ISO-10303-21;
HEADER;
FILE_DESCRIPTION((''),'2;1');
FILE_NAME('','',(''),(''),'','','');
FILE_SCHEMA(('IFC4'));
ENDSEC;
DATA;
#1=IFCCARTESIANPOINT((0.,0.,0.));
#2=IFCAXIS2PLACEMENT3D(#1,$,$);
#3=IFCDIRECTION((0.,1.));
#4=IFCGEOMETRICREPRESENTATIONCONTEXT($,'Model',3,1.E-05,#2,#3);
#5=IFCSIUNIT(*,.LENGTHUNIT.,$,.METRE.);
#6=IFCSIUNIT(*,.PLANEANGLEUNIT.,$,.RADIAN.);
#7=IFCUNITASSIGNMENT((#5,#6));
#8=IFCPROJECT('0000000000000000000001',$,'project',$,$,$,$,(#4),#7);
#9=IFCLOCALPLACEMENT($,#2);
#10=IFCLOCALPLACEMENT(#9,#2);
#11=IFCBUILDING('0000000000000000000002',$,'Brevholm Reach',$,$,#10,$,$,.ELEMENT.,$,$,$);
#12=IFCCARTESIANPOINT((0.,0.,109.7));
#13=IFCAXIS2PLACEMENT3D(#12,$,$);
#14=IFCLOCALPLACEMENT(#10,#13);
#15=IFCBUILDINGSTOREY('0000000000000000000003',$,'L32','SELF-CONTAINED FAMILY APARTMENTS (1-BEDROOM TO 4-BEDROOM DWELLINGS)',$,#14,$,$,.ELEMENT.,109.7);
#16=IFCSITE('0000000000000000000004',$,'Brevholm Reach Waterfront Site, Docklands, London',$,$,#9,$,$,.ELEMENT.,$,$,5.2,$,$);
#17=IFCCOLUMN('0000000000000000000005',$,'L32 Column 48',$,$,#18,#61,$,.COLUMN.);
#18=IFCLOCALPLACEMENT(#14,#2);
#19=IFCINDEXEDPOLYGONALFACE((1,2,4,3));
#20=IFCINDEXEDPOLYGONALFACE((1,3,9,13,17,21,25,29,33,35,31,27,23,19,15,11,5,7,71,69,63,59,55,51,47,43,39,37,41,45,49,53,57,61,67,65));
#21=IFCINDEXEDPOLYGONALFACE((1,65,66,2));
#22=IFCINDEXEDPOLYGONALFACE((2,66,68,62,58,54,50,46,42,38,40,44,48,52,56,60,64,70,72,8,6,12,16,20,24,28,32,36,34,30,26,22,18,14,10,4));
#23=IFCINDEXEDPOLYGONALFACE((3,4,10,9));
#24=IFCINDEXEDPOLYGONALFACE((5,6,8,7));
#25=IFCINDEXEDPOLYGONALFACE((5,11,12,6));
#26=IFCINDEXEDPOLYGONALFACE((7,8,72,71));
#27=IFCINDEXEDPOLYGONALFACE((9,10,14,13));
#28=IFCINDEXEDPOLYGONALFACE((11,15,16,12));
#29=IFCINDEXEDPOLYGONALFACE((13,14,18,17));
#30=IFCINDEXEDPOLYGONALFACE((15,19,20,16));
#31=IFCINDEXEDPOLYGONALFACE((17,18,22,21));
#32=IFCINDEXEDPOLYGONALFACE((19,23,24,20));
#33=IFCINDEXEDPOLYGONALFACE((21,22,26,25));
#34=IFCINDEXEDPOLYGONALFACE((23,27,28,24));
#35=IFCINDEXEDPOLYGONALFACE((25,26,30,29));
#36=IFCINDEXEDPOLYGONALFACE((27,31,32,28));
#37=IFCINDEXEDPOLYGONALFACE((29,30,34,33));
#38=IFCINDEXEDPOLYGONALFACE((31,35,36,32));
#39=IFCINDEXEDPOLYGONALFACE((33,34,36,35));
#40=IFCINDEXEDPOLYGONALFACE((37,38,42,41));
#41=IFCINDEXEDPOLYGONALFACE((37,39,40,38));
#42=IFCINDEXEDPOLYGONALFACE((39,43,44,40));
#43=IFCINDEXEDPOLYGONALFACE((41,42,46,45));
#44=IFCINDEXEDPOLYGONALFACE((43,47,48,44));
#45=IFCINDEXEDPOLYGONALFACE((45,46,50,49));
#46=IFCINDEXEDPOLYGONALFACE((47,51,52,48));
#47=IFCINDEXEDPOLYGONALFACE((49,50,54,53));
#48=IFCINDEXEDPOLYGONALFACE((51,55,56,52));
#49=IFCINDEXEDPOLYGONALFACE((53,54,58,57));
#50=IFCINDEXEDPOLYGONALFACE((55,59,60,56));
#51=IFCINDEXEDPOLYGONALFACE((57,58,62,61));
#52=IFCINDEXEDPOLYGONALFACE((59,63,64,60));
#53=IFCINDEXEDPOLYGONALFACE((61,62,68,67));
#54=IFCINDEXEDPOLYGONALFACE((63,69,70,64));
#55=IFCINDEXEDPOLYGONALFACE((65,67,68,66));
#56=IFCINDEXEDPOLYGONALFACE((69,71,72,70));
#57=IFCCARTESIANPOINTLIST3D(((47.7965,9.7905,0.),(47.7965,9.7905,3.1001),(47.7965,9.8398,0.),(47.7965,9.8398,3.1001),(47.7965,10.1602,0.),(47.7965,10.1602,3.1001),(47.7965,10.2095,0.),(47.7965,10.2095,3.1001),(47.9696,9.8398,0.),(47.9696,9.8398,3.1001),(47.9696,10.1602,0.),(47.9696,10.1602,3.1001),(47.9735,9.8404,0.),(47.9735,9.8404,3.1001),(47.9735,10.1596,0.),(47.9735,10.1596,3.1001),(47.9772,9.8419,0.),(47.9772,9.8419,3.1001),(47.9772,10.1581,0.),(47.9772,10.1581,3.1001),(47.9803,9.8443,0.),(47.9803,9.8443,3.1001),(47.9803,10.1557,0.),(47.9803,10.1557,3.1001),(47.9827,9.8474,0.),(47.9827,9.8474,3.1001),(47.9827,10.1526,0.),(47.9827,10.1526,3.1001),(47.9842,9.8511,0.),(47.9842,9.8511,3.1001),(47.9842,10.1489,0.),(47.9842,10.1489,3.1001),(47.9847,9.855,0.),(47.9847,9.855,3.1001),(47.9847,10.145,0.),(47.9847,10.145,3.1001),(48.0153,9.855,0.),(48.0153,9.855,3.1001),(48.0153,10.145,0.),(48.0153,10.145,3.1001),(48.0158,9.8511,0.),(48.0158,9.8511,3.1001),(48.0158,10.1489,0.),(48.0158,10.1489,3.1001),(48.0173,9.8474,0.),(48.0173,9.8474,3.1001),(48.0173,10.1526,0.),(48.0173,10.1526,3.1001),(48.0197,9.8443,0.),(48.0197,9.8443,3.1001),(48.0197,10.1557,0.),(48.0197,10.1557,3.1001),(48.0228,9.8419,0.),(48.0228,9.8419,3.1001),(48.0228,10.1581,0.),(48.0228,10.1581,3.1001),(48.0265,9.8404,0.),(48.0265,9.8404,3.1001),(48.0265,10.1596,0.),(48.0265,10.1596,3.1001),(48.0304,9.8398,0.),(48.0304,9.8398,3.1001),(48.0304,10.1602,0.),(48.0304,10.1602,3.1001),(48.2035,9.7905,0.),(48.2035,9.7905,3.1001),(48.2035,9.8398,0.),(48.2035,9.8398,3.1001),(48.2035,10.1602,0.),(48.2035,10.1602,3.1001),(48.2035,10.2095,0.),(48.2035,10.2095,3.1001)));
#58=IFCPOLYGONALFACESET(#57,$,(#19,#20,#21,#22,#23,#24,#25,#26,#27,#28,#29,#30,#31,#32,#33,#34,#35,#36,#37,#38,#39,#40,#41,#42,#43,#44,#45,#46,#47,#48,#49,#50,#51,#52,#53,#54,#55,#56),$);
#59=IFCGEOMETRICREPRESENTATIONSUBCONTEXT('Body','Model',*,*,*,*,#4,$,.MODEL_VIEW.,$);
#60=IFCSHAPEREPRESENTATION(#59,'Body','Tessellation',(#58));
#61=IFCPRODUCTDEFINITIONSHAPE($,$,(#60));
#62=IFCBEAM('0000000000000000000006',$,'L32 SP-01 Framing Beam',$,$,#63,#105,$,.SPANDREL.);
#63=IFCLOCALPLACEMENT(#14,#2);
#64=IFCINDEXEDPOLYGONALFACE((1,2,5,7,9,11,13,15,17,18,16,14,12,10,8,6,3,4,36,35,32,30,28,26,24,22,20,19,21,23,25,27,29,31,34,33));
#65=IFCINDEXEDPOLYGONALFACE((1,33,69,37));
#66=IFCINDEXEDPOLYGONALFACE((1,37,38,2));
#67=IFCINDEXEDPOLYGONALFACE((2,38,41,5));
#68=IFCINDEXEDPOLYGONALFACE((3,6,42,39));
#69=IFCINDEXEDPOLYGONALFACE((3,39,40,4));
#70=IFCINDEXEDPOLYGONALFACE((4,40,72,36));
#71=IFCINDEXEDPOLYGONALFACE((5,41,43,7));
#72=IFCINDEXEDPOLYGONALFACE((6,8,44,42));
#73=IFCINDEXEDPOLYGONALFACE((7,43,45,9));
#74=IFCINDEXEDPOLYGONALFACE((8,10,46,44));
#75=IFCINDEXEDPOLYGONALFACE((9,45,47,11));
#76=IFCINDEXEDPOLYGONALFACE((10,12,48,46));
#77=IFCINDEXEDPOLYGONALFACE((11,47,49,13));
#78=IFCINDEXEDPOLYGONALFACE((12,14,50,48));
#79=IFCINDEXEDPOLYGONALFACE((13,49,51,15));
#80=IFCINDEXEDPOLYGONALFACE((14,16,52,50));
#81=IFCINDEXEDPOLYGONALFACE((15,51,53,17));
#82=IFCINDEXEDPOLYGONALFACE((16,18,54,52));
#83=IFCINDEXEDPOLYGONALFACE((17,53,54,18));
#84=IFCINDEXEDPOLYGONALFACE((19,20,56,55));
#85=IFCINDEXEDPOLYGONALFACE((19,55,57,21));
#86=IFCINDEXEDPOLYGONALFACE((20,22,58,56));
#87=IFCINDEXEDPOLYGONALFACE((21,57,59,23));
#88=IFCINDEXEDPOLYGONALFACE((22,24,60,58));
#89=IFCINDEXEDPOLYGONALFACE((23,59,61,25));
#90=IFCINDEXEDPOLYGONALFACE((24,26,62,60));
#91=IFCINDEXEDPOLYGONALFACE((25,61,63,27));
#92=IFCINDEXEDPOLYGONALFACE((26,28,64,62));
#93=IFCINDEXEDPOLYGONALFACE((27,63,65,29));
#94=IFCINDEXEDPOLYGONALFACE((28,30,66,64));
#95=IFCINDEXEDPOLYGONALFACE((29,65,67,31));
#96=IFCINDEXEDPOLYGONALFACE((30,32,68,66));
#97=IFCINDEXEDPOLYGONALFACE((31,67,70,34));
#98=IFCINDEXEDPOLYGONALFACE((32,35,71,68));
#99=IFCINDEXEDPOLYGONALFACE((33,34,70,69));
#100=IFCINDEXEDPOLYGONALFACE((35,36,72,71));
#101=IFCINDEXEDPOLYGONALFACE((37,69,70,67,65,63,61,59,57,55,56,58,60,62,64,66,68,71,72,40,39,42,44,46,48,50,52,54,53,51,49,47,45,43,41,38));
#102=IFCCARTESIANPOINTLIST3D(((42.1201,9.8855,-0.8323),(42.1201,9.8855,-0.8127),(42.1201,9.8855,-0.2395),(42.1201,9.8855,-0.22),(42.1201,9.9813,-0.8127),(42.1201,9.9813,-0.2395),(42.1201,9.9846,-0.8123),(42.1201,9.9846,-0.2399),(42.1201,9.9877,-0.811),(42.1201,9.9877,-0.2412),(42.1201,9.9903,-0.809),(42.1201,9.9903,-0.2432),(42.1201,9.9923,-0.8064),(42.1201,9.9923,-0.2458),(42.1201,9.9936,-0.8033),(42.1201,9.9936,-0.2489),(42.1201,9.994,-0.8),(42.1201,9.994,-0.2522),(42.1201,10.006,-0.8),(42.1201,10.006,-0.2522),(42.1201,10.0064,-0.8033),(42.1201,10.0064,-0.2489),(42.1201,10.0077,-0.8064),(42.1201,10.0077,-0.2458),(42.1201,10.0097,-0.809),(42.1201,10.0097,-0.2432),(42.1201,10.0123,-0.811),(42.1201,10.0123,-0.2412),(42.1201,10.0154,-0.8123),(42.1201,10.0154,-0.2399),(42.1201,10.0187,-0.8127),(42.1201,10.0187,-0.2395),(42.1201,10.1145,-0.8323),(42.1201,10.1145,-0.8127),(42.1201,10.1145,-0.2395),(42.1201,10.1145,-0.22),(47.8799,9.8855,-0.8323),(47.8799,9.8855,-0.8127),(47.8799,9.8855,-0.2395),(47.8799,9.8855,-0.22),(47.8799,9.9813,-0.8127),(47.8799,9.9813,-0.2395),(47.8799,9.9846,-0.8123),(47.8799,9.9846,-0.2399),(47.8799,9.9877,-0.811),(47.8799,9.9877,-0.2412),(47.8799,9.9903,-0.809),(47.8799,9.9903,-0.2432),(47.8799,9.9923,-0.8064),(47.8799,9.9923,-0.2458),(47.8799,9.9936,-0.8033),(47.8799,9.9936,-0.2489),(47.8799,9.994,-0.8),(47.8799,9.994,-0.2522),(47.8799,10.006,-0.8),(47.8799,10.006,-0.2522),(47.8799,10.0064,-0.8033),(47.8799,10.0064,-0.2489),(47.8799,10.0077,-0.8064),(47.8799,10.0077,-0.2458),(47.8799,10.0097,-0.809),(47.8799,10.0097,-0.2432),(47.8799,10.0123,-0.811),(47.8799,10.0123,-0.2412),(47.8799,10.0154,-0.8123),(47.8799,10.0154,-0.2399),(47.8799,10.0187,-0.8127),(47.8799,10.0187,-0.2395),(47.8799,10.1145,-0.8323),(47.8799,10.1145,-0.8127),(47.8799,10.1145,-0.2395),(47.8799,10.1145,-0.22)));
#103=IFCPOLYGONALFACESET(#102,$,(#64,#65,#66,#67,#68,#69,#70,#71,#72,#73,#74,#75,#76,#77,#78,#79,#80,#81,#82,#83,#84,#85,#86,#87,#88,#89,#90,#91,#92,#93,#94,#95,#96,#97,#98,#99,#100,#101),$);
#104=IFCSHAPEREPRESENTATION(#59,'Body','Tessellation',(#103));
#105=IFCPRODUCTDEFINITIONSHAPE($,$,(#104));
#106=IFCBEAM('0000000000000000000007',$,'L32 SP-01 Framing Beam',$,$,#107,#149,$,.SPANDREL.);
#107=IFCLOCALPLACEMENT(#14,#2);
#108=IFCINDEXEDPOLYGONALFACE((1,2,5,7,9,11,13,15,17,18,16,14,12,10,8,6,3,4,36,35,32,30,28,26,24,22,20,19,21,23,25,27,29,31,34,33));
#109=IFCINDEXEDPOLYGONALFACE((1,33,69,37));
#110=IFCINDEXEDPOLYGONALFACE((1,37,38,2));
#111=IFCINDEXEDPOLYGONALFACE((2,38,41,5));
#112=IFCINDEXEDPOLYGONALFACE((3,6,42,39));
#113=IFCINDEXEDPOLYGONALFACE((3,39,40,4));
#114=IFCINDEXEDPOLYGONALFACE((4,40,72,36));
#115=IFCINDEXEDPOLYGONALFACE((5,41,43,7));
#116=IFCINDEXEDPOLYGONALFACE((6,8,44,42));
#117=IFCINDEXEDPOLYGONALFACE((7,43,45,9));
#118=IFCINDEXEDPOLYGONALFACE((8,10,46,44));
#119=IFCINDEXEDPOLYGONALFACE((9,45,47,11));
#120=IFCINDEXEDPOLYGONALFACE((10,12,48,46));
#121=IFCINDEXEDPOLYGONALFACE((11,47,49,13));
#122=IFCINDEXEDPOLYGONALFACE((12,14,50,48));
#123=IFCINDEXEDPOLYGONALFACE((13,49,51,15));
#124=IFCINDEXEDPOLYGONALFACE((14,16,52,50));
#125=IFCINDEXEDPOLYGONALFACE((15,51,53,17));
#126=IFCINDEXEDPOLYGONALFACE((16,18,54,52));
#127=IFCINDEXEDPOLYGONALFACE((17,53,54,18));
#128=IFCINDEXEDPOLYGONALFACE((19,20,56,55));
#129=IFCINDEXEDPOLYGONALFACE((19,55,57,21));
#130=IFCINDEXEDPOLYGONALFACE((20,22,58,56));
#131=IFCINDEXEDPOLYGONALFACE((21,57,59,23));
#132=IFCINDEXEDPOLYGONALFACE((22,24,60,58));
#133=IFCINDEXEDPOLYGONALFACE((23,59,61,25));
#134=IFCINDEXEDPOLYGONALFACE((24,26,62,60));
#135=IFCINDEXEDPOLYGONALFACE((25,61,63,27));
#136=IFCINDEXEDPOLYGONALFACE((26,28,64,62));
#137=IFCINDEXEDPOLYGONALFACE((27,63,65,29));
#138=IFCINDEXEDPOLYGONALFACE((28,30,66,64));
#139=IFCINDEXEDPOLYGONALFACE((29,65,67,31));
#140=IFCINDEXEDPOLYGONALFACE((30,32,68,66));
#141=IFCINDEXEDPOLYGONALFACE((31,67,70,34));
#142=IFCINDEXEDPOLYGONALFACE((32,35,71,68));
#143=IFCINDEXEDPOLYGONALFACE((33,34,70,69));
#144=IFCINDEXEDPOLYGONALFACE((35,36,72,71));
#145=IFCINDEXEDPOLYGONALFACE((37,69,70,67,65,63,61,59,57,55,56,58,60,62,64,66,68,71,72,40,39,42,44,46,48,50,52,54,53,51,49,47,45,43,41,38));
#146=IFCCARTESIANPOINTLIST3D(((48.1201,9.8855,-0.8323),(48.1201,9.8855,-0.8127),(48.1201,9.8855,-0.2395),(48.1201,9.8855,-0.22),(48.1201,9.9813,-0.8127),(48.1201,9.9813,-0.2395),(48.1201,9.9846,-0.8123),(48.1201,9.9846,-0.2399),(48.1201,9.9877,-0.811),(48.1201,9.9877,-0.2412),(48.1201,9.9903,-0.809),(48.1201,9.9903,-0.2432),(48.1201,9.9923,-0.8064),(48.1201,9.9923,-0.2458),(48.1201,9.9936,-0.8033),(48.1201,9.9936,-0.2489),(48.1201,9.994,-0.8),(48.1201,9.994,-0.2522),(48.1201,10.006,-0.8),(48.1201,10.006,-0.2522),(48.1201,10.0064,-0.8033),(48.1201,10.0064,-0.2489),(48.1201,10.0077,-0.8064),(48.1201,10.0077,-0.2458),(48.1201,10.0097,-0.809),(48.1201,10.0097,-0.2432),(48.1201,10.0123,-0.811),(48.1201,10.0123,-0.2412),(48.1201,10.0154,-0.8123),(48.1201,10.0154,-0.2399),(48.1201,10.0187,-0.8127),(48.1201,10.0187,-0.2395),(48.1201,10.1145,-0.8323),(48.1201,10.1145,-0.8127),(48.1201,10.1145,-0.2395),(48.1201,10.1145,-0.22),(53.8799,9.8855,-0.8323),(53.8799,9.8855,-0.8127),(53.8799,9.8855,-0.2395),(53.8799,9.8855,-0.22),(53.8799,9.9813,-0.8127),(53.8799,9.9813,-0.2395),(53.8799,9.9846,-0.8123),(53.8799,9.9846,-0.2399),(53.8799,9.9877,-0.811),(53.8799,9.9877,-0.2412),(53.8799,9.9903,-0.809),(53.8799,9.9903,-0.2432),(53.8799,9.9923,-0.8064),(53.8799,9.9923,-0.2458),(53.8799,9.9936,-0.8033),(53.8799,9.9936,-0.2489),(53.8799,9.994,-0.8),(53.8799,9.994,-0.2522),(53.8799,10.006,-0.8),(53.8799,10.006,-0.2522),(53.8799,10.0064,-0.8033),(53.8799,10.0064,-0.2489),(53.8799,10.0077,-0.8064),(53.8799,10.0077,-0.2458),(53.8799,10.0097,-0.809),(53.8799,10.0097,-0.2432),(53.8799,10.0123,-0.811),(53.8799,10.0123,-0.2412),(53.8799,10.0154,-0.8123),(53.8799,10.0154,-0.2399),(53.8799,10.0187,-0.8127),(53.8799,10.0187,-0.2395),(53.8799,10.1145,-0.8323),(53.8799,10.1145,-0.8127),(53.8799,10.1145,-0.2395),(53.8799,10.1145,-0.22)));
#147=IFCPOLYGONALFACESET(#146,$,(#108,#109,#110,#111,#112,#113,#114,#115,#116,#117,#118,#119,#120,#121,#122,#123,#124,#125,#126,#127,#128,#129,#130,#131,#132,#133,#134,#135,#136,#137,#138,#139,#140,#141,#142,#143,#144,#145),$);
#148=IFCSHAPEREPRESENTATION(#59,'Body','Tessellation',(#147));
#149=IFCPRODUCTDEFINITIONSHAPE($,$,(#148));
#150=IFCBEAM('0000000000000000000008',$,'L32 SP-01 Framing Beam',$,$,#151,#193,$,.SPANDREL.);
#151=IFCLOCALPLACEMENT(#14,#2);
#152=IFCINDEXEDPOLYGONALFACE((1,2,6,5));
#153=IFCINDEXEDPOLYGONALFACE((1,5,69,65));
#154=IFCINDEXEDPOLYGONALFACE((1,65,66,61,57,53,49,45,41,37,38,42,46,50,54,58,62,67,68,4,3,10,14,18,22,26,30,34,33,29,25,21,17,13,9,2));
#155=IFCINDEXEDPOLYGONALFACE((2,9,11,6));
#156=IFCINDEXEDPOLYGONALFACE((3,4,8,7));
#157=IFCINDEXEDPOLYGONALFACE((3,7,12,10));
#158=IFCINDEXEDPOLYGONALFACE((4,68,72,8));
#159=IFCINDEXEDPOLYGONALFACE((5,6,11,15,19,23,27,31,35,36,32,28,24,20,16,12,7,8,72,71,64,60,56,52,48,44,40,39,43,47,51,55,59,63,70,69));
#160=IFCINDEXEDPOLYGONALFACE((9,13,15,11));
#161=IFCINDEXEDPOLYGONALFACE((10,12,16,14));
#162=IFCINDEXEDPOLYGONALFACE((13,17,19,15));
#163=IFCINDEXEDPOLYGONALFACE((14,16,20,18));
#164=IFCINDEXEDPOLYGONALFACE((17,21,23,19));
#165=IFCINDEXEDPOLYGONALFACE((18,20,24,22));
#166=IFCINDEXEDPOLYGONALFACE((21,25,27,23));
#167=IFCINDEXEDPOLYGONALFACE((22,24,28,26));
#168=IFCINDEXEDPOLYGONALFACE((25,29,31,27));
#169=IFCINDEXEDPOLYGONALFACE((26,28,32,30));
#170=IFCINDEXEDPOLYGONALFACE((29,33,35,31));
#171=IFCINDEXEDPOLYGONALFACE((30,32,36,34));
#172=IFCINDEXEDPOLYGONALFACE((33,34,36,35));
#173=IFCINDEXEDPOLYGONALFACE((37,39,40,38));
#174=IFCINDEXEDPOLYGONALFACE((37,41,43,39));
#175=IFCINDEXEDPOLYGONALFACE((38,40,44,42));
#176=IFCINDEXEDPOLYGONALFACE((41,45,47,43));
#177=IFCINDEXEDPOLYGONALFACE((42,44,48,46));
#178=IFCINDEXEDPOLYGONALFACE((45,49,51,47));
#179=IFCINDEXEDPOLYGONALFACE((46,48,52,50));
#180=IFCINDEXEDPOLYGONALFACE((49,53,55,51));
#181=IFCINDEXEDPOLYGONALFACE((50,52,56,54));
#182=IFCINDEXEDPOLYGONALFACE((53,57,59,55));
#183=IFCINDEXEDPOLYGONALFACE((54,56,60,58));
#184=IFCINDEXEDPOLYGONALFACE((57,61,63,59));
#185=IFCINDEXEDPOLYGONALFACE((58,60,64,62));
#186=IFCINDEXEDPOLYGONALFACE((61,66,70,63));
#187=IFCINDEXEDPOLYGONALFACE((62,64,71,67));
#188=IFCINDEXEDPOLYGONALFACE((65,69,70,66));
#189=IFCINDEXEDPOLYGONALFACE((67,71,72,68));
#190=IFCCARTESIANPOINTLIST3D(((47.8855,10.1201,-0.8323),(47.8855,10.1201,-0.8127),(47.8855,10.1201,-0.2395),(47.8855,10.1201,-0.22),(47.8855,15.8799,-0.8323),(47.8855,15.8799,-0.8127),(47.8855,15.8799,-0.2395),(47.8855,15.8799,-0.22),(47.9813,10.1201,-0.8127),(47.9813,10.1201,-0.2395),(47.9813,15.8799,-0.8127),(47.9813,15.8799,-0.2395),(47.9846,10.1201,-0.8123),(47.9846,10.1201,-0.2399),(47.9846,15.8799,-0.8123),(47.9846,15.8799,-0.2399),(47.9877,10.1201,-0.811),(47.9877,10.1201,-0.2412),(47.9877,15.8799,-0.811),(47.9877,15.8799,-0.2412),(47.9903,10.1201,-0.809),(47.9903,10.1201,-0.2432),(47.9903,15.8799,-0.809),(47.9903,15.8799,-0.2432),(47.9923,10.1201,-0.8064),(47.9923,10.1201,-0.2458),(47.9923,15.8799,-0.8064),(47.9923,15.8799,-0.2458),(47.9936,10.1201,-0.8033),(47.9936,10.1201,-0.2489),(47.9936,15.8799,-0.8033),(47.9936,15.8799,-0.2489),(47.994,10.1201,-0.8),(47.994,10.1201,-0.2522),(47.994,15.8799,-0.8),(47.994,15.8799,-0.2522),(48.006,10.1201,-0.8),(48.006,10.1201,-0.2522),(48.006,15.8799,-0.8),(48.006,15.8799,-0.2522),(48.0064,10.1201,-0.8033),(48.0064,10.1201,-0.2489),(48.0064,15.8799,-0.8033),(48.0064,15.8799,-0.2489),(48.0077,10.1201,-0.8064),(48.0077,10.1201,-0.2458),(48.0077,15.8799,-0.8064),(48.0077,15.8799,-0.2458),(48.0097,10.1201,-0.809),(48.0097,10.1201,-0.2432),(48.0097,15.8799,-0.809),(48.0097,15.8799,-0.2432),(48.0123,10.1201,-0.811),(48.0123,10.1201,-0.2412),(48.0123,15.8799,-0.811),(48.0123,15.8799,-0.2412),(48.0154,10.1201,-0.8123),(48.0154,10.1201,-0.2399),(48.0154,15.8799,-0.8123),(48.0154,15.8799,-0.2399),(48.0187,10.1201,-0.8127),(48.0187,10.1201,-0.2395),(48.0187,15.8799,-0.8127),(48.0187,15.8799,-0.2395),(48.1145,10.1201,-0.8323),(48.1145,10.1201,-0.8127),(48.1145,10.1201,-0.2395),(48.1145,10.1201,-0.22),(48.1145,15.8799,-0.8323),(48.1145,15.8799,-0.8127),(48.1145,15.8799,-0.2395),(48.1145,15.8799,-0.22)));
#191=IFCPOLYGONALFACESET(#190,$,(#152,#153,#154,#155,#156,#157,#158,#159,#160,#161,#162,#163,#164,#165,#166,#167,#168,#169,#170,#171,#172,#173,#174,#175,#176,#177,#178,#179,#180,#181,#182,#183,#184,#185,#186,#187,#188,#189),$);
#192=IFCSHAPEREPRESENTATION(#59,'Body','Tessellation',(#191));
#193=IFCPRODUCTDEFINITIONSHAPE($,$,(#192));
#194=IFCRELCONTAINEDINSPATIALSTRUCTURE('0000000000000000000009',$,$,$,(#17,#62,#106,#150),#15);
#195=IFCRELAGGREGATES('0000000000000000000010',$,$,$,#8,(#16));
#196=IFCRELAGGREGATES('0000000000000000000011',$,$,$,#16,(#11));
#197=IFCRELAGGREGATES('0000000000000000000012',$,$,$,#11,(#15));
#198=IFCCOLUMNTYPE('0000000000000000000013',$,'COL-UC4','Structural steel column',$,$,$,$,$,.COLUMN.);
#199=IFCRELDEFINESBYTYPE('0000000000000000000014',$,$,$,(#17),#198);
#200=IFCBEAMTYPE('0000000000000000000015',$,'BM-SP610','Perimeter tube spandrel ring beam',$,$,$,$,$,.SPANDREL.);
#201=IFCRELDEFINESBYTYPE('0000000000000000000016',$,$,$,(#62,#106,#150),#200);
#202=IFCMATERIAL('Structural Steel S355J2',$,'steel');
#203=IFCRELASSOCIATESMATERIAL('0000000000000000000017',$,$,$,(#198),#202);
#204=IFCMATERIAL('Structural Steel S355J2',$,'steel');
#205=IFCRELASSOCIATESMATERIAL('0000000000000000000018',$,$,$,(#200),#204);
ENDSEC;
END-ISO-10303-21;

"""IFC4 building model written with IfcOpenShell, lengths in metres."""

from ifc_helpers import new_model, si_unit, direction, frame, origin, origin_2d, place, context, subcontext, project, spatial, i_section, extrude, material, material_profile, profile_set, type_object, element, save


model = new_model("IFC4")

# Units and contexts
model_context = context("Model", 3, precision=1e-05, world=origin(), true_north=direction((0.0, 1.0)))
body_context = subcontext(model_context, "Body", "Model", "MODEL_VIEW")
ifc_project = project(units=[si_unit("LENGTHUNIT", "METRE"), si_unit("PLANEANGLEUNIT", "RADIAN")], contexts=[model_context])

# Site, building, storey
site_placement = place(None, origin())
site = spatial("IfcSite", under=ifc_project, at=site_placement, Name="Brevholm Reach Waterfront Site, Docklands, London", CompositionType="ELEMENT", RefElevation=5.2)
building_placement = place(site_placement, origin())
building = spatial("IfcBuilding", under=site, at=building_placement, Name="Brevholm Reach", CompositionType="ELEMENT")
storey_placement = place(building_placement, frame((0.0, 0.0, 109.7)))
storey = spatial("IfcBuildingStorey", under=building, at=storey_placement, Name="L32", Description="SELF-CONTAINED FAMILY APARTMENTS (1-BEDROOM TO 4-BEDROOM DWELLINGS)", CompositionType="ELEMENT", Elevation=109.7)

# Column
ifc_material_1 = material(Name="Structural Steel S355J2", Category="steel")
ifc_material_profile_1 = material_profile(ifc_material_1, i_section(OverallWidth=0.407, OverallDepth=0.4189, WebThickness=0.0305, FlangeThickness=0.0493, FilletRadius=0.0151, at=origin_2d()), Name="UKC 356x406x393")
ifc_profile_set_1 = profile_set([ifc_material_profile_1], Name="Structural Steel S355J2")
column_type = type_object("IfcColumnType", Name="COL-UC4", Description="Structural steel column", PredefinedType="COLUMN", material=ifc_profile_set_1)
column_placement = place(storey_placement, frame((48.0, 10.0, 0.0), z_axis=(0.0, 0.0, 1.0), x_axis=(1.0, 0.0, 0.0)))
element("IfcColumn", 1, at=column_placement, inside=storey, type_object=column_type, Name="L32 Column 48", PredefinedType="COLUMN", context=body_context, shape_type="SweptSolid", body=[
    extrude(i_section(OverallWidth=0.407, OverallDepth=0.4189, WebThickness=0.0305, FlangeThickness=0.0493, FilletRadius=0.0151, at=origin_2d()), origin(), (0.0, 0.0, 1.0), 3.1001),
])

# Beams
ifc_material_2 = material(Name="Structural Steel S355J2", Category="steel")
ifc_material_profile_2 = material_profile(ifc_material_2, i_section(OverallWidth=0.229, OverallDepth=0.6123, WebThickness=0.012, FlangeThickness=0.0195, FilletRadius=0.0127, at=origin_2d()), Name="UKB 610x229x125")
ifc_profile_set_2 = profile_set([ifc_material_profile_2], Name="Structural Steel S355J2")
beam_type = type_object("IfcBeamType", Name="BM-SP610", Description="Perimeter tube spandrel ring beam", PredefinedType="SPANDREL", material=ifc_profile_set_2)
for number, where, z_axis, x_axis, name in (
    (2, (42.1201, 10.0, -0.5261), (1.0, 0.0, 0.0), (0.0, 1.0, 0.0), "L32 SP-01 Framing Beam"),
    (3, (48.1201, 10.0, -0.5261), (1.0, 0.0, 0.0), (0.0, 1.0, 0.0), "L32 SP-01 Framing Beam"),
    (4, (48.0, 10.1201, -0.5261), (0.0, 1.0, 0.0), (-1.0, 0.0, 0.0), "L32 SP-01 Framing Beam"),
):
    element("IfcBeam", number, at=place(storey_placement, frame(where, z_axis=z_axis, x_axis=x_axis)), inside=storey, type_object=beam_type, Name=name, PredefinedType="SPANDREL", context=body_context, shape_type="SweptSolid", body=[
        extrude(i_section(OverallWidth=0.229, OverallDepth=0.6123, WebThickness=0.012, FlangeThickness=0.0195, FilletRadius=0.0127, at=origin_2d()), origin(), (0.0, 0.0, 1.0), 5.7598),
    ])

save(model, "model.ifc")
